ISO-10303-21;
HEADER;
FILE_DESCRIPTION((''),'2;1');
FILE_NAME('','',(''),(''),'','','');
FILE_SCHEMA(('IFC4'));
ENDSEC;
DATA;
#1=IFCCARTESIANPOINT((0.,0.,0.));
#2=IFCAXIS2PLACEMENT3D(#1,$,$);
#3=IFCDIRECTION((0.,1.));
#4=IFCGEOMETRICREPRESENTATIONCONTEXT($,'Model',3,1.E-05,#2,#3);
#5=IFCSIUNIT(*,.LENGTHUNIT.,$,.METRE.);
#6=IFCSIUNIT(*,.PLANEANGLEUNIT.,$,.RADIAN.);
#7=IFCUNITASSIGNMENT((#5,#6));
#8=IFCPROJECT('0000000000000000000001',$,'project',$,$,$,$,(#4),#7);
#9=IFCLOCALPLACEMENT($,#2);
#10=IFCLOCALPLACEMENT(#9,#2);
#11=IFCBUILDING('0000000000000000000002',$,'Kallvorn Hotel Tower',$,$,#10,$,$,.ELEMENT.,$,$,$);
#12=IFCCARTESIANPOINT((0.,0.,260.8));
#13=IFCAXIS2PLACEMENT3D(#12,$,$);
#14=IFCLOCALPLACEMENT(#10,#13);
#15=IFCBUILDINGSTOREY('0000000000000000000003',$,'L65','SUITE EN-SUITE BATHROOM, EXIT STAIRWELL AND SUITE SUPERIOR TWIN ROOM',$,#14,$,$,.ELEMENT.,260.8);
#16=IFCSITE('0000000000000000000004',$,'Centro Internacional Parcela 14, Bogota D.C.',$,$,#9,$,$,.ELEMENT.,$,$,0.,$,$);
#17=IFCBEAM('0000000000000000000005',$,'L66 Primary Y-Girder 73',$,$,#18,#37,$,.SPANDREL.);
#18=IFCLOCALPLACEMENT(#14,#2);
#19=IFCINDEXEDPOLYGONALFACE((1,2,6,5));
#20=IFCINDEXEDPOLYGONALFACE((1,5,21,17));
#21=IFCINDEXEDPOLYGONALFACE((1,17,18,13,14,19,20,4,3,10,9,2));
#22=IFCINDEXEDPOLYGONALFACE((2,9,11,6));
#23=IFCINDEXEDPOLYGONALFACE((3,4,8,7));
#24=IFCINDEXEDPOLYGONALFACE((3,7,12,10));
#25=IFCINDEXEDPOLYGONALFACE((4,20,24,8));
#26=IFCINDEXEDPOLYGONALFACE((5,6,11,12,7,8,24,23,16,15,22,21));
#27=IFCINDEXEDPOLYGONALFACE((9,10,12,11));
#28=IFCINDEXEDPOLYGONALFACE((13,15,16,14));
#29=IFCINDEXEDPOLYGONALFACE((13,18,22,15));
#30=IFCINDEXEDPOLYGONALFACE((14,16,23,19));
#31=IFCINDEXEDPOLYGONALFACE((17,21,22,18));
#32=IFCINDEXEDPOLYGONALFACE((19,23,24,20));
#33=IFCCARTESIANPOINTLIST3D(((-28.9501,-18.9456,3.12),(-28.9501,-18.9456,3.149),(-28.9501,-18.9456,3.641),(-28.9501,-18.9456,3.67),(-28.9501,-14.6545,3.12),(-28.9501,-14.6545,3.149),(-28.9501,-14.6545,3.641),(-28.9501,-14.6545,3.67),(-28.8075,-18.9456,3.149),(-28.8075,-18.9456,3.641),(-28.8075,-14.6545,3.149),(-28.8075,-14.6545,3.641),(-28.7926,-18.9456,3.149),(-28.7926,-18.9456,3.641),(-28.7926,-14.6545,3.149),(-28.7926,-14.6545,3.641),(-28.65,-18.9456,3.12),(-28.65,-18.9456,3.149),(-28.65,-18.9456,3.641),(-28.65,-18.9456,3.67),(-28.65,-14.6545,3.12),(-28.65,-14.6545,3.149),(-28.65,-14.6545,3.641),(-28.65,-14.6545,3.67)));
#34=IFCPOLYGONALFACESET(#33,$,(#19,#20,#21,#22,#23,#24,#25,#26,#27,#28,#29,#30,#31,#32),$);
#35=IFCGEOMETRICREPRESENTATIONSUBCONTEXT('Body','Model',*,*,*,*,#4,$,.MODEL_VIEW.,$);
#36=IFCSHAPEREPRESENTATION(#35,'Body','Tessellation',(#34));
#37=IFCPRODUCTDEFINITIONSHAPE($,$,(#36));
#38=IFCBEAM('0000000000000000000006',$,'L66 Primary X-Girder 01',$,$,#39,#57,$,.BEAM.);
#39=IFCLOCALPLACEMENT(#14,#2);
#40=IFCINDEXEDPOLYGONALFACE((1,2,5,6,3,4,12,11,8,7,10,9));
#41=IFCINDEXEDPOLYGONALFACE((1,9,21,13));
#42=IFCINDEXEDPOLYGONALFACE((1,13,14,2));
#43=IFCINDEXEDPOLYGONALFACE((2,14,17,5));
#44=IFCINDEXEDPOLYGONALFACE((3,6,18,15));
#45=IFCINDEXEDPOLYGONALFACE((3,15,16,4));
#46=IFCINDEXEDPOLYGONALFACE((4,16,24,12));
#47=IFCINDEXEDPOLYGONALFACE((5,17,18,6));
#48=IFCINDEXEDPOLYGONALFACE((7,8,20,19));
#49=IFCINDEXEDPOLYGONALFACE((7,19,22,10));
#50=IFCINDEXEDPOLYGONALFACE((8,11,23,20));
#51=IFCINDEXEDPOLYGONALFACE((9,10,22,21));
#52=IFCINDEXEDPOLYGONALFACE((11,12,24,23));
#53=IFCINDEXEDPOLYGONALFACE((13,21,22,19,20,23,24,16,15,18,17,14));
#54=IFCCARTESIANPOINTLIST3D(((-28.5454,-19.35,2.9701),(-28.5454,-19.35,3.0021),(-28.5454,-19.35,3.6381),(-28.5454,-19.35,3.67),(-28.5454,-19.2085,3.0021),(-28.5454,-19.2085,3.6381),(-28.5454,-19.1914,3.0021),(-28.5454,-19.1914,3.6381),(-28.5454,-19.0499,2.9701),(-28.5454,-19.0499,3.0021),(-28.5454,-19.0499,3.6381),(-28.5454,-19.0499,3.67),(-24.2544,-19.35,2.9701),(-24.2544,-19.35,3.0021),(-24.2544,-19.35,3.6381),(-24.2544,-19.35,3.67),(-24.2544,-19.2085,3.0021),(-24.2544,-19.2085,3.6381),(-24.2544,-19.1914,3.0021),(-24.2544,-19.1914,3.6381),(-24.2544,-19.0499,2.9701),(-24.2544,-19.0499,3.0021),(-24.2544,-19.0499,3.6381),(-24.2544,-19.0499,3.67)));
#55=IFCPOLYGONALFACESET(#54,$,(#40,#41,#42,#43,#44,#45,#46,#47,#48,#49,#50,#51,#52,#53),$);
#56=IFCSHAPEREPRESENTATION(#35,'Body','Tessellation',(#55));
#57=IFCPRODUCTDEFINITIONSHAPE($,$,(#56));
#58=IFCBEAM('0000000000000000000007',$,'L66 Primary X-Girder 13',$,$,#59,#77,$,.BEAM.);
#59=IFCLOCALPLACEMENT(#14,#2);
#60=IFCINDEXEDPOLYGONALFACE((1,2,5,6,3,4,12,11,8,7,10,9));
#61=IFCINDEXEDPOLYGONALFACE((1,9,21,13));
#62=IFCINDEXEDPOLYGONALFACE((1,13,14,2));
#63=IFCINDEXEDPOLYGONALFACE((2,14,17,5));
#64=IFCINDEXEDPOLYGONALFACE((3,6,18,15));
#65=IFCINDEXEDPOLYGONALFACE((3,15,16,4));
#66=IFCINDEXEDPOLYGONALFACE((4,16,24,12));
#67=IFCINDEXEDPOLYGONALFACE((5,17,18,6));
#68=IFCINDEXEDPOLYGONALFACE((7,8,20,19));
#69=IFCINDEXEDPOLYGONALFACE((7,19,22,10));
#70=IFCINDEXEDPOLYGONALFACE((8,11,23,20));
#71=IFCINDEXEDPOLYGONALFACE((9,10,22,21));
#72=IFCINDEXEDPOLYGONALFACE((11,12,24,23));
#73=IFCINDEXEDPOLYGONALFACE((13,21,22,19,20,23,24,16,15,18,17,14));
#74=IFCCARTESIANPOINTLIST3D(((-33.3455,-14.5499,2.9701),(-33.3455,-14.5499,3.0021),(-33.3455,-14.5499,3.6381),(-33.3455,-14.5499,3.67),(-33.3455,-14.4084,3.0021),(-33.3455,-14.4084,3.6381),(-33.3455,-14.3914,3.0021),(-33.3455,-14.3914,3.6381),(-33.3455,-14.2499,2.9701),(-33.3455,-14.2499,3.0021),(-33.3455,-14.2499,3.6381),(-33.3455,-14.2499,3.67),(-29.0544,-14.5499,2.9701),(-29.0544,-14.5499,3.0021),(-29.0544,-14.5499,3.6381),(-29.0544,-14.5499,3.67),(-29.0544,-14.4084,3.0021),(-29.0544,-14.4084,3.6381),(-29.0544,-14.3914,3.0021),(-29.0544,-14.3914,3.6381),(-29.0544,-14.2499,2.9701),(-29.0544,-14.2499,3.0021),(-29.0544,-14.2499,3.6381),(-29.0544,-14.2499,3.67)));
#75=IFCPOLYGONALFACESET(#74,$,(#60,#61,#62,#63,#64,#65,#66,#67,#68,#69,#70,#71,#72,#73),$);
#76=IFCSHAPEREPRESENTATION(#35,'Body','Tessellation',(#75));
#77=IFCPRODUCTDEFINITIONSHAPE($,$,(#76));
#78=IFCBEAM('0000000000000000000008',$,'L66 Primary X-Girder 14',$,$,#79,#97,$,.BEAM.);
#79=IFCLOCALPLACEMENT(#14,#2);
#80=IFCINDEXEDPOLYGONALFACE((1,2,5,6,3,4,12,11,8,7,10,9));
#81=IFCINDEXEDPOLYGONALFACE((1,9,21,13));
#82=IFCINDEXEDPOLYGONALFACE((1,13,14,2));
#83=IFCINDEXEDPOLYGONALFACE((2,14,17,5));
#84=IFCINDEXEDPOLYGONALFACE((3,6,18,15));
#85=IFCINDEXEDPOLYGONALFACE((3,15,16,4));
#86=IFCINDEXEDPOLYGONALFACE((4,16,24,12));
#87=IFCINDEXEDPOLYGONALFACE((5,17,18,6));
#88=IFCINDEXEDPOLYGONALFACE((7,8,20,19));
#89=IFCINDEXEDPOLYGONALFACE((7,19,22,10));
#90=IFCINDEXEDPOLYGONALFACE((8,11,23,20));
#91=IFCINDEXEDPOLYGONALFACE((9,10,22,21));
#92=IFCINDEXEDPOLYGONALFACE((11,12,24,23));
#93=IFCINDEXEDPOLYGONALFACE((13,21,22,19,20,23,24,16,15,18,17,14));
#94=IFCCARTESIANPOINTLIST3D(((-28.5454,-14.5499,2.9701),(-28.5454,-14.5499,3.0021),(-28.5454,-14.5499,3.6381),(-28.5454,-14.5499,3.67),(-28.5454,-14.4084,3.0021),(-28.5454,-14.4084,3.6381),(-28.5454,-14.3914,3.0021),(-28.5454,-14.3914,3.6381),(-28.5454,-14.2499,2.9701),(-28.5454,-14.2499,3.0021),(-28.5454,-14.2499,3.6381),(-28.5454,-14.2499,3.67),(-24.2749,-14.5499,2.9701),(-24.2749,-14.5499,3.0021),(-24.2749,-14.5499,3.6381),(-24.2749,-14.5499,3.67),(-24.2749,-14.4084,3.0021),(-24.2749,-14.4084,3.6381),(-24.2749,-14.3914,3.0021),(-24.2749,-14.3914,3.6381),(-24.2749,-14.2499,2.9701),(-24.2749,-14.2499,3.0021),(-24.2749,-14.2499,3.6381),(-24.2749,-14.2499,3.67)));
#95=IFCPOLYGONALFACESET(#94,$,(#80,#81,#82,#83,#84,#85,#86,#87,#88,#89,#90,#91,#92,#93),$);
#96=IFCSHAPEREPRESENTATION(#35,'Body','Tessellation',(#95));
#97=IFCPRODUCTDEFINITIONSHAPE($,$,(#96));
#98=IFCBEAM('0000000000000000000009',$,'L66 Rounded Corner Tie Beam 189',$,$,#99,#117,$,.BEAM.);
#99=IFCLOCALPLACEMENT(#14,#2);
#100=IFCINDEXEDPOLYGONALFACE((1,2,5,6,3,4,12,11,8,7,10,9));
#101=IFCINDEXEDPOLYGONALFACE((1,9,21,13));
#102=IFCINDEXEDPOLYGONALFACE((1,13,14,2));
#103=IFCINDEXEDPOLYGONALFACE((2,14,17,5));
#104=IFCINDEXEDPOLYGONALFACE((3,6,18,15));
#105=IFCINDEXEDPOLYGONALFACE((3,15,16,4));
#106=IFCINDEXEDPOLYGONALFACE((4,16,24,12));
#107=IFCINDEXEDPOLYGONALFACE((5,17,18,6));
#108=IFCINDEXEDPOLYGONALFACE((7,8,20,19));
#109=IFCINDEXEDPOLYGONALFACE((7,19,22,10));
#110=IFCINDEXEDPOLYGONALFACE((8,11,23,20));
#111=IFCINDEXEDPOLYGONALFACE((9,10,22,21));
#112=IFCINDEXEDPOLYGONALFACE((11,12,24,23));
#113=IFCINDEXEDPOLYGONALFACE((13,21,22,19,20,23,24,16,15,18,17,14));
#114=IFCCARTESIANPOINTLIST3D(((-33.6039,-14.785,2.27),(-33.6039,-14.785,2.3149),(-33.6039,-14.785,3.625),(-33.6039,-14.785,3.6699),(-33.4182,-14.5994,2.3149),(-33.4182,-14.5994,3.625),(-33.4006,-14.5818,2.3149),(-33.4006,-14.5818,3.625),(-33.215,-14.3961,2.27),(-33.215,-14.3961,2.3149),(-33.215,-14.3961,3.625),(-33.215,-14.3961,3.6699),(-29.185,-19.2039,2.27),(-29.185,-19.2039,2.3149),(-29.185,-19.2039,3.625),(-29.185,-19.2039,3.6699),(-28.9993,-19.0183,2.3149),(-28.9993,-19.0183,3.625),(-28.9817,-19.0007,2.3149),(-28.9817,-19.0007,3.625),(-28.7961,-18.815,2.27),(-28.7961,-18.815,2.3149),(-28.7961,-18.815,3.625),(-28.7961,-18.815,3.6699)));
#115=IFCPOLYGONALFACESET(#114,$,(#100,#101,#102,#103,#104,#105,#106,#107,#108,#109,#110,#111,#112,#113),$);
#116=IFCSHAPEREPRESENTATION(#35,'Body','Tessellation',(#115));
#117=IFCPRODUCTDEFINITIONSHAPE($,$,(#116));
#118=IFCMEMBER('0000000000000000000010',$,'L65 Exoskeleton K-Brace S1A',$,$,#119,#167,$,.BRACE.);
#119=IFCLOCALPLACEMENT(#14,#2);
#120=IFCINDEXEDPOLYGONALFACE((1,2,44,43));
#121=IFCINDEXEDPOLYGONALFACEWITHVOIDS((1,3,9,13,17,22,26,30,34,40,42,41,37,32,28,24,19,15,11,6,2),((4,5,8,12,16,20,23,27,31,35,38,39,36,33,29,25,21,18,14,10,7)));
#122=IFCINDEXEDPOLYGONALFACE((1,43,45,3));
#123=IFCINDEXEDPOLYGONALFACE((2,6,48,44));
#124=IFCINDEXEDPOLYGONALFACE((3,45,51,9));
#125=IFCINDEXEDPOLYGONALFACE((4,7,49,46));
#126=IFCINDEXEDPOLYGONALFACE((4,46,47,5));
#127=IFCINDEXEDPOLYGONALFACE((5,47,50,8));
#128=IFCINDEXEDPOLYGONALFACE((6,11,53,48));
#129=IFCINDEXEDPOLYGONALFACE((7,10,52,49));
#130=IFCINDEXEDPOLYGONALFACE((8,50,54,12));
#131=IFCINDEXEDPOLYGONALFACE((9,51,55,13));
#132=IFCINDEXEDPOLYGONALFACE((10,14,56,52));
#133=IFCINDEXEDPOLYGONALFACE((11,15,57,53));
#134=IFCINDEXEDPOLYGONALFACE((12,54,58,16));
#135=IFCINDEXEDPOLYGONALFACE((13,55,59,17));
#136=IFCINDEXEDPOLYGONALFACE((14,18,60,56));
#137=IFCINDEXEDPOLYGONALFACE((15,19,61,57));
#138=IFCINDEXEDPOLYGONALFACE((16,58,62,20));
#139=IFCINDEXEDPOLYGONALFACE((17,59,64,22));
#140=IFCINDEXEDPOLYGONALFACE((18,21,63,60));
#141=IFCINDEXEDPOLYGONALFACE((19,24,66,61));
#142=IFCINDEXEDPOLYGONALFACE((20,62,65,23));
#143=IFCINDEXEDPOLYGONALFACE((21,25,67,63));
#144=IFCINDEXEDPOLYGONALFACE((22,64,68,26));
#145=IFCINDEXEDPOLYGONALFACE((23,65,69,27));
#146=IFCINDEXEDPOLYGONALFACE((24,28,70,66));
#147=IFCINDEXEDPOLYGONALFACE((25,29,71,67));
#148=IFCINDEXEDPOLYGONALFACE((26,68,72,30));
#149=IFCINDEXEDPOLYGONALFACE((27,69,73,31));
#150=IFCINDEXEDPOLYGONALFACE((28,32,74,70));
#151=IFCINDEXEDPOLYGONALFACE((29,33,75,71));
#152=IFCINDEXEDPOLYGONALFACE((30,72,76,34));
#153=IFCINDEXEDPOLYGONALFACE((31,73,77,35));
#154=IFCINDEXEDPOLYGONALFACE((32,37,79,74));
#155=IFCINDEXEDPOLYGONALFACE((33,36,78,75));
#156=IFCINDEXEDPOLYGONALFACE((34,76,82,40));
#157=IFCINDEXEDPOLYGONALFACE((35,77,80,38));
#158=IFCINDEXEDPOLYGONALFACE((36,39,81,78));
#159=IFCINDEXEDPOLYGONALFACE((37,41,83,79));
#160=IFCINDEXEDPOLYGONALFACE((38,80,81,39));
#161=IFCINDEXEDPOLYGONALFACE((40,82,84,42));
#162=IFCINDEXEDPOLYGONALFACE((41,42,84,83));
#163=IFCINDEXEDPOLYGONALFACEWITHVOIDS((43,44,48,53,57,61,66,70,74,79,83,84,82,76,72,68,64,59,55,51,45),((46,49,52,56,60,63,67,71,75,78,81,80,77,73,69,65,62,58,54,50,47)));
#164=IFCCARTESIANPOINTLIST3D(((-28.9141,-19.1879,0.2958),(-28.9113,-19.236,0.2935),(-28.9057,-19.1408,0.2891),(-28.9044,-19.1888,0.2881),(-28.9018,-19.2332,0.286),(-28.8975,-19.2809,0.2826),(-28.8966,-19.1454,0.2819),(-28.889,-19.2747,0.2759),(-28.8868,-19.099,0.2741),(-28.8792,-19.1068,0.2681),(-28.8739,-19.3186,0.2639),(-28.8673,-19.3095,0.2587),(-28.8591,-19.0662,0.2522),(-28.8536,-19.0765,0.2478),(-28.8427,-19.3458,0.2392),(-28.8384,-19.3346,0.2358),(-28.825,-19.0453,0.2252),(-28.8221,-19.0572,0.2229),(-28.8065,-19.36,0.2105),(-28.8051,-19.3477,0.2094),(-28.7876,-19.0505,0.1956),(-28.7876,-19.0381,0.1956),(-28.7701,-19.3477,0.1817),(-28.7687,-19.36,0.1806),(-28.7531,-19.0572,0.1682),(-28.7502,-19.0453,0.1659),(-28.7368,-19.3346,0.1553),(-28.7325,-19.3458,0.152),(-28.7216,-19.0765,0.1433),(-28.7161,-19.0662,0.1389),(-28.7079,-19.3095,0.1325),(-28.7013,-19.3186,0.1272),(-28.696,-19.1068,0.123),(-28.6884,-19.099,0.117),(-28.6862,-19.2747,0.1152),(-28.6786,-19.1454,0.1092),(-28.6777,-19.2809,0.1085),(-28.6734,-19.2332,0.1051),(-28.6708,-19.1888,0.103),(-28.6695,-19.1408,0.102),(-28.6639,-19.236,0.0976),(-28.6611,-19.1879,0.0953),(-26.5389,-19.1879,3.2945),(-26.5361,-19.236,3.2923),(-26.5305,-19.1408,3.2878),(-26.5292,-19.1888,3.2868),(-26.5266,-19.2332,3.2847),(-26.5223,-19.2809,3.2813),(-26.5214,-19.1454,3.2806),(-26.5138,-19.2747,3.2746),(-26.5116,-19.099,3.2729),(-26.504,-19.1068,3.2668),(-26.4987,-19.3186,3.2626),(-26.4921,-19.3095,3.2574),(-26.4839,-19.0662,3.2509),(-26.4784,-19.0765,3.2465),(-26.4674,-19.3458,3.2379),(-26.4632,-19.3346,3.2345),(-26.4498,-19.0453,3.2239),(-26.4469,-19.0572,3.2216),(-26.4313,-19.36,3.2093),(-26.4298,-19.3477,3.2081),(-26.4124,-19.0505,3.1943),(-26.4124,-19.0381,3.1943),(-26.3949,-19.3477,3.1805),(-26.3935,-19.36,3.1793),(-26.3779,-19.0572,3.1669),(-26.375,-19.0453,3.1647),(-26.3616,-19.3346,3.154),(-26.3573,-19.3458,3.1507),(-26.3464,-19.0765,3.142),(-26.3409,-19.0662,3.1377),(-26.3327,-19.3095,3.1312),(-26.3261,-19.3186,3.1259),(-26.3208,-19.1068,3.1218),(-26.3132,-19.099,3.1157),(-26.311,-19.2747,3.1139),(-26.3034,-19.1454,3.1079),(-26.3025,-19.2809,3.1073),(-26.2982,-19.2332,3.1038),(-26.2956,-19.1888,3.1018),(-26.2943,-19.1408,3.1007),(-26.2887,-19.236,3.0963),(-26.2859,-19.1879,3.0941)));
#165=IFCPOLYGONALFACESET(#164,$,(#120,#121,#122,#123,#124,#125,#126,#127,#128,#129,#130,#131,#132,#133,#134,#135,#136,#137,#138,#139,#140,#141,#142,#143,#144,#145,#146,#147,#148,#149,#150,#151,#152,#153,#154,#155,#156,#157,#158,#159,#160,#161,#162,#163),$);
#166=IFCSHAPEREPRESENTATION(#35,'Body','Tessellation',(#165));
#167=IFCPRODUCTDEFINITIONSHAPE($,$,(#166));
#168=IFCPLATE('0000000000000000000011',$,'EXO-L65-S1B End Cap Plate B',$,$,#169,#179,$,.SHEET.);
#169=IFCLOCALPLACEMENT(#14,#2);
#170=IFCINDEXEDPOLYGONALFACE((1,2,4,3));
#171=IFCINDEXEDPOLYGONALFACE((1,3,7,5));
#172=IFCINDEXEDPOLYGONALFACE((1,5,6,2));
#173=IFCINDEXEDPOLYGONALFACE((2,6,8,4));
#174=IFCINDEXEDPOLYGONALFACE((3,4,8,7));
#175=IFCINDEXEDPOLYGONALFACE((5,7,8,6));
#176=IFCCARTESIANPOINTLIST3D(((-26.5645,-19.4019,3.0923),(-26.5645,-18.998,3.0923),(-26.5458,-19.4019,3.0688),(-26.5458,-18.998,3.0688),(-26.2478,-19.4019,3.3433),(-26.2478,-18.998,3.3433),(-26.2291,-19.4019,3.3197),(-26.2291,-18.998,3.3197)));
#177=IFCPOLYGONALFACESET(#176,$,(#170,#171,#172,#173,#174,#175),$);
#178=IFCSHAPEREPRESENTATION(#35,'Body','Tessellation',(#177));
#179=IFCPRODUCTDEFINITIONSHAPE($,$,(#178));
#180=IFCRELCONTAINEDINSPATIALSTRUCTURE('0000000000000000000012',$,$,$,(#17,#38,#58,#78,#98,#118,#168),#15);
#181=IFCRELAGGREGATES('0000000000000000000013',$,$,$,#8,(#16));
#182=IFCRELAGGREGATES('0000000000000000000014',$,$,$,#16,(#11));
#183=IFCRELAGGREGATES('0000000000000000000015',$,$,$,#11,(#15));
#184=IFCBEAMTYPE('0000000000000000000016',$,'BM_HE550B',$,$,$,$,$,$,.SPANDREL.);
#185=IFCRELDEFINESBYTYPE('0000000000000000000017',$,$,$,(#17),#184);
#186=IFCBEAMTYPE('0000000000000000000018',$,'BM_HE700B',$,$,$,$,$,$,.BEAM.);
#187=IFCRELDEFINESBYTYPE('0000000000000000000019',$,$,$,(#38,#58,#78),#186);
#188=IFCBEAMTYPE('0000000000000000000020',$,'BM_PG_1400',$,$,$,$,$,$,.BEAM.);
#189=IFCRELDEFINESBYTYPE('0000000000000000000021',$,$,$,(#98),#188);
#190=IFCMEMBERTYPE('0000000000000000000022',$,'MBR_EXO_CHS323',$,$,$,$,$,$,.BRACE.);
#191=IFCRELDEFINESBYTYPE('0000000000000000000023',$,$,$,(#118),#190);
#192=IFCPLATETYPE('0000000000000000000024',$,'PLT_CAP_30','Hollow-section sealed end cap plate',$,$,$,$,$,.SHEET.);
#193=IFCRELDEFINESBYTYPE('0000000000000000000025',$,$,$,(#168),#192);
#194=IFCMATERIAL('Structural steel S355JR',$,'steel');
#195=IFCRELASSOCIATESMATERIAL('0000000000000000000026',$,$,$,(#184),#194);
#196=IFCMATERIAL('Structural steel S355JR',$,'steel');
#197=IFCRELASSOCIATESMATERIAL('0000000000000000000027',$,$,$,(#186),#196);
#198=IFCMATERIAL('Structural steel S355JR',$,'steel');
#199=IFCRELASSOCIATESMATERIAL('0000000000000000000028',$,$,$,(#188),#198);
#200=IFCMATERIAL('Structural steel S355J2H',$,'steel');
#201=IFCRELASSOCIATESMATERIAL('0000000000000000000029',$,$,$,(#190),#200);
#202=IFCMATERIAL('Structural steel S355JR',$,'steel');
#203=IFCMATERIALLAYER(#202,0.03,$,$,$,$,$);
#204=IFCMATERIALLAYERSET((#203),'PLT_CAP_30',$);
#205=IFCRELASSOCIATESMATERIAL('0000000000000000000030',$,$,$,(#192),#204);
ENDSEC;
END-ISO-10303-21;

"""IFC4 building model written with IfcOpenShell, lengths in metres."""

from ifc_helpers import new_model, si_unit, direction, frame, origin, origin_2d, place, context, subcontext, project, spatial, polyline, hollow_circle, i_section, outline, extrude, material, layer, layer_set, material_profile, profile_set, type_object, element, save


model = new_model("IFC4")

# Units and contexts
model_context = context("Model", 3, precision=1e-05, world=origin(), true_north=direction((0.0, 1.0)))
body_context = subcontext(model_context, "Body", "Model", "MODEL_VIEW")
ifc_project = project(units=[si_unit("LENGTHUNIT", "METRE"), si_unit("PLANEANGLEUNIT", "RADIAN")], contexts=[model_context])

# Site, building, storey
site_placement = place(None, origin())
site = spatial("IfcSite", under=ifc_project, at=site_placement, Name="Centro Internacional Parcela 14, Bogota D.C.", CompositionType="ELEMENT", RefElevation=0.0)
building_placement = place(site_placement, origin())
building = spatial("IfcBuilding", under=site, at=building_placement, Name="Kallvorn Hotel Tower", CompositionType="ELEMENT")
storey_placement = place(building_placement, frame((0.0, 0.0, 260.8)))
storey = spatial("IfcBuildingStorey", under=building, at=storey_placement, Name="L65", Description="SUITE EN-SUITE BATHROOM, EXIT STAIRWELL AND SUITE SUPERIOR TWIN ROOM", CompositionType="ELEMENT", Elevation=260.8)

# Beams
ifc_material_1 = material(Name="Structural steel S355JR", Category="steel")
ifc_material_profile_1 = material_profile(ifc_material_1, i_section(OverallWidth=0.3, OverallDepth=0.55, WebThickness=0.0149, FlangeThickness=0.0291, at=origin_2d()), Name="HE 550 B")
ifc_profile_set_1 = profile_set([ifc_material_profile_1], Name="Structural steel S355JR")
beam_type_1 = type_object("IfcBeamType", Name="BM_HE550B", PredefinedType="SPANDREL", material=ifc_profile_set_1)
beam_1_placement = place(storey_placement, frame((-28.8, -18.9456, 3.395), z_axis=(0.0, 1.0, 0.0), x_axis=(-1.0, 0.0, 0.0)))
element("IfcBeam", 1, at=beam_1_placement, inside=storey, type_object=beam_type_1, Name="L66 Primary Y-Girder 73", PredefinedType="SPANDREL", context=body_context, shape_type="SweptSolid", body=[
    extrude(i_section(OverallWidth=0.3, OverallDepth=0.55, WebThickness=0.0149, FlangeThickness=0.0291, at=origin_2d()), origin(), (0.0, 0.0, 1.0), 4.291),
])
ifc_material_2 = material(Name="Structural steel S355JR", Category="steel")
ifc_material_profile_2 = material_profile(ifc_material_2, i_section(OverallWidth=0.3, OverallDepth=0.7, WebThickness=0.0171, FlangeThickness=0.032, at=origin_2d()), Name="HE 700 B")
ifc_profile_set_2 = profile_set([ifc_material_profile_2], Name="Structural steel S355JR")
beam_type_2 = type_object("IfcBeamType", Name="BM_HE700B", PredefinedType="BEAM", material=ifc_profile_set_2)
for number, where, z_axis, x_axis, name in (
    (2, (-28.5454, -19.2, 3.3201), (1.0, 0.0, 0.0), (0.0, 1.0, 0.0), "L66 Primary X-Girder 01"),
    (3, (-33.3455, -14.3999, 3.3201), (1.0, 0.0, 0.0), (0.0, 1.0, 0.0), "L66 Primary X-Girder 13"),
):
    element("IfcBeam", number, at=place(storey_placement, frame(where, z_axis=z_axis, x_axis=x_axis)), inside=storey, type_object=beam_type_2, Name=name, PredefinedType="BEAM", context=body_context, shape_type="SweptSolid", body=[
        extrude(i_section(OverallWidth=0.3, OverallDepth=0.7, WebThickness=0.0171, FlangeThickness=0.032, at=origin_2d()), origin(), (0.0, 0.0, 1.0), 4.291),
    ])
beam_2_placement = place(storey_placement, frame((-28.5454, -14.3999, 3.3201), z_axis=(1.0, 0.0, 0.0), x_axis=(0.0, 1.0, 0.0)))
element("IfcBeam", 4, at=beam_2_placement, inside=storey, type_object=beam_type_2, Name="L66 Primary X-Girder 14", PredefinedType="BEAM", context=body_context, shape_type="SweptSolid", body=[
    extrude(i_section(OverallWidth=0.3, OverallDepth=0.7, WebThickness=0.0171, FlangeThickness=0.032, at=origin_2d()), origin(), (0.0, 0.0, 1.0), 4.2705),
])
ifc_material_3 = material(Name="Structural steel S355JR", Category="steel")
ifc_material_profile_3 = material_profile(ifc_material_3, i_section(OverallWidth=0.55, OverallDepth=1.3999, WebThickness=0.0249, FlangeThickness=0.0449, at=origin_2d()), Name="PG 1400x550x25x45")
ifc_profile_set_3 = profile_set([ifc_material_profile_3], Name="Structural steel S355JR")
beam_type_3 = type_object("IfcBeamType", Name="BM_PG_1400", PredefinedType="BEAM", material=ifc_profile_set_3)
beam_3_placement = place(storey_placement, frame((-33.4094, -14.5906, 2.97), z_axis=(0.707107, -0.707107, 0.0), x_axis=(0.707107, 0.707107, 0.0)))
element("IfcBeam", 5, at=beam_3_placement, inside=storey, type_object=beam_type_3, Name="L66 Rounded Corner Tie Beam 189", PredefinedType="BEAM", context=body_context, shape_type="SweptSolid", body=[
    extrude(i_section(OverallWidth=0.55, OverallDepth=1.3999, WebThickness=0.0249, FlangeThickness=0.0449, at=origin_2d()), origin(), (0.0, 0.0, 1.0), 6.2493),
])

# Member
ifc_material_4 = material(Name="Structural steel S355J2H", Category="steel")
ifc_material_profile_4 = material_profile(ifc_material_4, hollow_circle(Radius=0.1619, WallThickness=0.0125, at=origin_2d()), Name="CHS 323.9x12.5")
ifc_profile_set_4 = profile_set([ifc_material_profile_4], Name="Structural steel S355J2H")
member_type = type_object("IfcMemberType", Name="MBR_EXO_CHS323", PredefinedType="BRACE", material=ifc_profile_set_4)
member_placement = place(storey_placement, frame((-28.7876, -19.2, 0.1956), z_axis=(0.620897, 0.0, 0.783892), x_axis=(0.0, 1.0, 0.0)))
element("IfcMember", 6, at=member_placement, inside=storey, type_object=member_type, Name="L65 Exoskeleton K-Brace S1A", PredefinedType="BRACE", context=body_context, shape_type="SweptSolid", body=[
    extrude(hollow_circle(Radius=0.1619, WallThickness=0.0125, at=origin_2d()), origin(), (0.0, 0.0, 1.0), 3.8254),
])

# Plate
ifc_material_5 = material(Name="Structural steel S355JR", Category="steel")
ifc_layer_1 = layer(ifc_material_5, 0.03)
ifc_layer_set_1 = layer_set([ifc_layer_1], Name="PLT_CAP_30")
plate_type = type_object("IfcPlateType", Name="PLT_CAP_30", Description="Hollow-section sealed end cap plate", PredefinedType="SHEET", material=ifc_layer_set_1)
plate_placement = place(storey_placement, frame((-26.5645, -18.998, 3.0923), z_axis=(-0.621152, 0.0, 0.78369), x_axis=(0.0, -1.0, 0.0)))
element("IfcPlate", 7, at=plate_placement, inside=storey, type_object=plate_type, Name="EXO-L65-S1B End Cap Plate B", PredefinedType="SHEET", context=body_context, shape_type="SweptSolid", body=[
    extrude(outline(polyline([(0.0, 0.0), (0.4038, 0.0), (0.4038, 0.4041), (0.0, 0.4041), (0.0, 0.0)])), origin(), (0.0, 0.0, -1.0), 0.03),
])

save(model, "model.ifc")
